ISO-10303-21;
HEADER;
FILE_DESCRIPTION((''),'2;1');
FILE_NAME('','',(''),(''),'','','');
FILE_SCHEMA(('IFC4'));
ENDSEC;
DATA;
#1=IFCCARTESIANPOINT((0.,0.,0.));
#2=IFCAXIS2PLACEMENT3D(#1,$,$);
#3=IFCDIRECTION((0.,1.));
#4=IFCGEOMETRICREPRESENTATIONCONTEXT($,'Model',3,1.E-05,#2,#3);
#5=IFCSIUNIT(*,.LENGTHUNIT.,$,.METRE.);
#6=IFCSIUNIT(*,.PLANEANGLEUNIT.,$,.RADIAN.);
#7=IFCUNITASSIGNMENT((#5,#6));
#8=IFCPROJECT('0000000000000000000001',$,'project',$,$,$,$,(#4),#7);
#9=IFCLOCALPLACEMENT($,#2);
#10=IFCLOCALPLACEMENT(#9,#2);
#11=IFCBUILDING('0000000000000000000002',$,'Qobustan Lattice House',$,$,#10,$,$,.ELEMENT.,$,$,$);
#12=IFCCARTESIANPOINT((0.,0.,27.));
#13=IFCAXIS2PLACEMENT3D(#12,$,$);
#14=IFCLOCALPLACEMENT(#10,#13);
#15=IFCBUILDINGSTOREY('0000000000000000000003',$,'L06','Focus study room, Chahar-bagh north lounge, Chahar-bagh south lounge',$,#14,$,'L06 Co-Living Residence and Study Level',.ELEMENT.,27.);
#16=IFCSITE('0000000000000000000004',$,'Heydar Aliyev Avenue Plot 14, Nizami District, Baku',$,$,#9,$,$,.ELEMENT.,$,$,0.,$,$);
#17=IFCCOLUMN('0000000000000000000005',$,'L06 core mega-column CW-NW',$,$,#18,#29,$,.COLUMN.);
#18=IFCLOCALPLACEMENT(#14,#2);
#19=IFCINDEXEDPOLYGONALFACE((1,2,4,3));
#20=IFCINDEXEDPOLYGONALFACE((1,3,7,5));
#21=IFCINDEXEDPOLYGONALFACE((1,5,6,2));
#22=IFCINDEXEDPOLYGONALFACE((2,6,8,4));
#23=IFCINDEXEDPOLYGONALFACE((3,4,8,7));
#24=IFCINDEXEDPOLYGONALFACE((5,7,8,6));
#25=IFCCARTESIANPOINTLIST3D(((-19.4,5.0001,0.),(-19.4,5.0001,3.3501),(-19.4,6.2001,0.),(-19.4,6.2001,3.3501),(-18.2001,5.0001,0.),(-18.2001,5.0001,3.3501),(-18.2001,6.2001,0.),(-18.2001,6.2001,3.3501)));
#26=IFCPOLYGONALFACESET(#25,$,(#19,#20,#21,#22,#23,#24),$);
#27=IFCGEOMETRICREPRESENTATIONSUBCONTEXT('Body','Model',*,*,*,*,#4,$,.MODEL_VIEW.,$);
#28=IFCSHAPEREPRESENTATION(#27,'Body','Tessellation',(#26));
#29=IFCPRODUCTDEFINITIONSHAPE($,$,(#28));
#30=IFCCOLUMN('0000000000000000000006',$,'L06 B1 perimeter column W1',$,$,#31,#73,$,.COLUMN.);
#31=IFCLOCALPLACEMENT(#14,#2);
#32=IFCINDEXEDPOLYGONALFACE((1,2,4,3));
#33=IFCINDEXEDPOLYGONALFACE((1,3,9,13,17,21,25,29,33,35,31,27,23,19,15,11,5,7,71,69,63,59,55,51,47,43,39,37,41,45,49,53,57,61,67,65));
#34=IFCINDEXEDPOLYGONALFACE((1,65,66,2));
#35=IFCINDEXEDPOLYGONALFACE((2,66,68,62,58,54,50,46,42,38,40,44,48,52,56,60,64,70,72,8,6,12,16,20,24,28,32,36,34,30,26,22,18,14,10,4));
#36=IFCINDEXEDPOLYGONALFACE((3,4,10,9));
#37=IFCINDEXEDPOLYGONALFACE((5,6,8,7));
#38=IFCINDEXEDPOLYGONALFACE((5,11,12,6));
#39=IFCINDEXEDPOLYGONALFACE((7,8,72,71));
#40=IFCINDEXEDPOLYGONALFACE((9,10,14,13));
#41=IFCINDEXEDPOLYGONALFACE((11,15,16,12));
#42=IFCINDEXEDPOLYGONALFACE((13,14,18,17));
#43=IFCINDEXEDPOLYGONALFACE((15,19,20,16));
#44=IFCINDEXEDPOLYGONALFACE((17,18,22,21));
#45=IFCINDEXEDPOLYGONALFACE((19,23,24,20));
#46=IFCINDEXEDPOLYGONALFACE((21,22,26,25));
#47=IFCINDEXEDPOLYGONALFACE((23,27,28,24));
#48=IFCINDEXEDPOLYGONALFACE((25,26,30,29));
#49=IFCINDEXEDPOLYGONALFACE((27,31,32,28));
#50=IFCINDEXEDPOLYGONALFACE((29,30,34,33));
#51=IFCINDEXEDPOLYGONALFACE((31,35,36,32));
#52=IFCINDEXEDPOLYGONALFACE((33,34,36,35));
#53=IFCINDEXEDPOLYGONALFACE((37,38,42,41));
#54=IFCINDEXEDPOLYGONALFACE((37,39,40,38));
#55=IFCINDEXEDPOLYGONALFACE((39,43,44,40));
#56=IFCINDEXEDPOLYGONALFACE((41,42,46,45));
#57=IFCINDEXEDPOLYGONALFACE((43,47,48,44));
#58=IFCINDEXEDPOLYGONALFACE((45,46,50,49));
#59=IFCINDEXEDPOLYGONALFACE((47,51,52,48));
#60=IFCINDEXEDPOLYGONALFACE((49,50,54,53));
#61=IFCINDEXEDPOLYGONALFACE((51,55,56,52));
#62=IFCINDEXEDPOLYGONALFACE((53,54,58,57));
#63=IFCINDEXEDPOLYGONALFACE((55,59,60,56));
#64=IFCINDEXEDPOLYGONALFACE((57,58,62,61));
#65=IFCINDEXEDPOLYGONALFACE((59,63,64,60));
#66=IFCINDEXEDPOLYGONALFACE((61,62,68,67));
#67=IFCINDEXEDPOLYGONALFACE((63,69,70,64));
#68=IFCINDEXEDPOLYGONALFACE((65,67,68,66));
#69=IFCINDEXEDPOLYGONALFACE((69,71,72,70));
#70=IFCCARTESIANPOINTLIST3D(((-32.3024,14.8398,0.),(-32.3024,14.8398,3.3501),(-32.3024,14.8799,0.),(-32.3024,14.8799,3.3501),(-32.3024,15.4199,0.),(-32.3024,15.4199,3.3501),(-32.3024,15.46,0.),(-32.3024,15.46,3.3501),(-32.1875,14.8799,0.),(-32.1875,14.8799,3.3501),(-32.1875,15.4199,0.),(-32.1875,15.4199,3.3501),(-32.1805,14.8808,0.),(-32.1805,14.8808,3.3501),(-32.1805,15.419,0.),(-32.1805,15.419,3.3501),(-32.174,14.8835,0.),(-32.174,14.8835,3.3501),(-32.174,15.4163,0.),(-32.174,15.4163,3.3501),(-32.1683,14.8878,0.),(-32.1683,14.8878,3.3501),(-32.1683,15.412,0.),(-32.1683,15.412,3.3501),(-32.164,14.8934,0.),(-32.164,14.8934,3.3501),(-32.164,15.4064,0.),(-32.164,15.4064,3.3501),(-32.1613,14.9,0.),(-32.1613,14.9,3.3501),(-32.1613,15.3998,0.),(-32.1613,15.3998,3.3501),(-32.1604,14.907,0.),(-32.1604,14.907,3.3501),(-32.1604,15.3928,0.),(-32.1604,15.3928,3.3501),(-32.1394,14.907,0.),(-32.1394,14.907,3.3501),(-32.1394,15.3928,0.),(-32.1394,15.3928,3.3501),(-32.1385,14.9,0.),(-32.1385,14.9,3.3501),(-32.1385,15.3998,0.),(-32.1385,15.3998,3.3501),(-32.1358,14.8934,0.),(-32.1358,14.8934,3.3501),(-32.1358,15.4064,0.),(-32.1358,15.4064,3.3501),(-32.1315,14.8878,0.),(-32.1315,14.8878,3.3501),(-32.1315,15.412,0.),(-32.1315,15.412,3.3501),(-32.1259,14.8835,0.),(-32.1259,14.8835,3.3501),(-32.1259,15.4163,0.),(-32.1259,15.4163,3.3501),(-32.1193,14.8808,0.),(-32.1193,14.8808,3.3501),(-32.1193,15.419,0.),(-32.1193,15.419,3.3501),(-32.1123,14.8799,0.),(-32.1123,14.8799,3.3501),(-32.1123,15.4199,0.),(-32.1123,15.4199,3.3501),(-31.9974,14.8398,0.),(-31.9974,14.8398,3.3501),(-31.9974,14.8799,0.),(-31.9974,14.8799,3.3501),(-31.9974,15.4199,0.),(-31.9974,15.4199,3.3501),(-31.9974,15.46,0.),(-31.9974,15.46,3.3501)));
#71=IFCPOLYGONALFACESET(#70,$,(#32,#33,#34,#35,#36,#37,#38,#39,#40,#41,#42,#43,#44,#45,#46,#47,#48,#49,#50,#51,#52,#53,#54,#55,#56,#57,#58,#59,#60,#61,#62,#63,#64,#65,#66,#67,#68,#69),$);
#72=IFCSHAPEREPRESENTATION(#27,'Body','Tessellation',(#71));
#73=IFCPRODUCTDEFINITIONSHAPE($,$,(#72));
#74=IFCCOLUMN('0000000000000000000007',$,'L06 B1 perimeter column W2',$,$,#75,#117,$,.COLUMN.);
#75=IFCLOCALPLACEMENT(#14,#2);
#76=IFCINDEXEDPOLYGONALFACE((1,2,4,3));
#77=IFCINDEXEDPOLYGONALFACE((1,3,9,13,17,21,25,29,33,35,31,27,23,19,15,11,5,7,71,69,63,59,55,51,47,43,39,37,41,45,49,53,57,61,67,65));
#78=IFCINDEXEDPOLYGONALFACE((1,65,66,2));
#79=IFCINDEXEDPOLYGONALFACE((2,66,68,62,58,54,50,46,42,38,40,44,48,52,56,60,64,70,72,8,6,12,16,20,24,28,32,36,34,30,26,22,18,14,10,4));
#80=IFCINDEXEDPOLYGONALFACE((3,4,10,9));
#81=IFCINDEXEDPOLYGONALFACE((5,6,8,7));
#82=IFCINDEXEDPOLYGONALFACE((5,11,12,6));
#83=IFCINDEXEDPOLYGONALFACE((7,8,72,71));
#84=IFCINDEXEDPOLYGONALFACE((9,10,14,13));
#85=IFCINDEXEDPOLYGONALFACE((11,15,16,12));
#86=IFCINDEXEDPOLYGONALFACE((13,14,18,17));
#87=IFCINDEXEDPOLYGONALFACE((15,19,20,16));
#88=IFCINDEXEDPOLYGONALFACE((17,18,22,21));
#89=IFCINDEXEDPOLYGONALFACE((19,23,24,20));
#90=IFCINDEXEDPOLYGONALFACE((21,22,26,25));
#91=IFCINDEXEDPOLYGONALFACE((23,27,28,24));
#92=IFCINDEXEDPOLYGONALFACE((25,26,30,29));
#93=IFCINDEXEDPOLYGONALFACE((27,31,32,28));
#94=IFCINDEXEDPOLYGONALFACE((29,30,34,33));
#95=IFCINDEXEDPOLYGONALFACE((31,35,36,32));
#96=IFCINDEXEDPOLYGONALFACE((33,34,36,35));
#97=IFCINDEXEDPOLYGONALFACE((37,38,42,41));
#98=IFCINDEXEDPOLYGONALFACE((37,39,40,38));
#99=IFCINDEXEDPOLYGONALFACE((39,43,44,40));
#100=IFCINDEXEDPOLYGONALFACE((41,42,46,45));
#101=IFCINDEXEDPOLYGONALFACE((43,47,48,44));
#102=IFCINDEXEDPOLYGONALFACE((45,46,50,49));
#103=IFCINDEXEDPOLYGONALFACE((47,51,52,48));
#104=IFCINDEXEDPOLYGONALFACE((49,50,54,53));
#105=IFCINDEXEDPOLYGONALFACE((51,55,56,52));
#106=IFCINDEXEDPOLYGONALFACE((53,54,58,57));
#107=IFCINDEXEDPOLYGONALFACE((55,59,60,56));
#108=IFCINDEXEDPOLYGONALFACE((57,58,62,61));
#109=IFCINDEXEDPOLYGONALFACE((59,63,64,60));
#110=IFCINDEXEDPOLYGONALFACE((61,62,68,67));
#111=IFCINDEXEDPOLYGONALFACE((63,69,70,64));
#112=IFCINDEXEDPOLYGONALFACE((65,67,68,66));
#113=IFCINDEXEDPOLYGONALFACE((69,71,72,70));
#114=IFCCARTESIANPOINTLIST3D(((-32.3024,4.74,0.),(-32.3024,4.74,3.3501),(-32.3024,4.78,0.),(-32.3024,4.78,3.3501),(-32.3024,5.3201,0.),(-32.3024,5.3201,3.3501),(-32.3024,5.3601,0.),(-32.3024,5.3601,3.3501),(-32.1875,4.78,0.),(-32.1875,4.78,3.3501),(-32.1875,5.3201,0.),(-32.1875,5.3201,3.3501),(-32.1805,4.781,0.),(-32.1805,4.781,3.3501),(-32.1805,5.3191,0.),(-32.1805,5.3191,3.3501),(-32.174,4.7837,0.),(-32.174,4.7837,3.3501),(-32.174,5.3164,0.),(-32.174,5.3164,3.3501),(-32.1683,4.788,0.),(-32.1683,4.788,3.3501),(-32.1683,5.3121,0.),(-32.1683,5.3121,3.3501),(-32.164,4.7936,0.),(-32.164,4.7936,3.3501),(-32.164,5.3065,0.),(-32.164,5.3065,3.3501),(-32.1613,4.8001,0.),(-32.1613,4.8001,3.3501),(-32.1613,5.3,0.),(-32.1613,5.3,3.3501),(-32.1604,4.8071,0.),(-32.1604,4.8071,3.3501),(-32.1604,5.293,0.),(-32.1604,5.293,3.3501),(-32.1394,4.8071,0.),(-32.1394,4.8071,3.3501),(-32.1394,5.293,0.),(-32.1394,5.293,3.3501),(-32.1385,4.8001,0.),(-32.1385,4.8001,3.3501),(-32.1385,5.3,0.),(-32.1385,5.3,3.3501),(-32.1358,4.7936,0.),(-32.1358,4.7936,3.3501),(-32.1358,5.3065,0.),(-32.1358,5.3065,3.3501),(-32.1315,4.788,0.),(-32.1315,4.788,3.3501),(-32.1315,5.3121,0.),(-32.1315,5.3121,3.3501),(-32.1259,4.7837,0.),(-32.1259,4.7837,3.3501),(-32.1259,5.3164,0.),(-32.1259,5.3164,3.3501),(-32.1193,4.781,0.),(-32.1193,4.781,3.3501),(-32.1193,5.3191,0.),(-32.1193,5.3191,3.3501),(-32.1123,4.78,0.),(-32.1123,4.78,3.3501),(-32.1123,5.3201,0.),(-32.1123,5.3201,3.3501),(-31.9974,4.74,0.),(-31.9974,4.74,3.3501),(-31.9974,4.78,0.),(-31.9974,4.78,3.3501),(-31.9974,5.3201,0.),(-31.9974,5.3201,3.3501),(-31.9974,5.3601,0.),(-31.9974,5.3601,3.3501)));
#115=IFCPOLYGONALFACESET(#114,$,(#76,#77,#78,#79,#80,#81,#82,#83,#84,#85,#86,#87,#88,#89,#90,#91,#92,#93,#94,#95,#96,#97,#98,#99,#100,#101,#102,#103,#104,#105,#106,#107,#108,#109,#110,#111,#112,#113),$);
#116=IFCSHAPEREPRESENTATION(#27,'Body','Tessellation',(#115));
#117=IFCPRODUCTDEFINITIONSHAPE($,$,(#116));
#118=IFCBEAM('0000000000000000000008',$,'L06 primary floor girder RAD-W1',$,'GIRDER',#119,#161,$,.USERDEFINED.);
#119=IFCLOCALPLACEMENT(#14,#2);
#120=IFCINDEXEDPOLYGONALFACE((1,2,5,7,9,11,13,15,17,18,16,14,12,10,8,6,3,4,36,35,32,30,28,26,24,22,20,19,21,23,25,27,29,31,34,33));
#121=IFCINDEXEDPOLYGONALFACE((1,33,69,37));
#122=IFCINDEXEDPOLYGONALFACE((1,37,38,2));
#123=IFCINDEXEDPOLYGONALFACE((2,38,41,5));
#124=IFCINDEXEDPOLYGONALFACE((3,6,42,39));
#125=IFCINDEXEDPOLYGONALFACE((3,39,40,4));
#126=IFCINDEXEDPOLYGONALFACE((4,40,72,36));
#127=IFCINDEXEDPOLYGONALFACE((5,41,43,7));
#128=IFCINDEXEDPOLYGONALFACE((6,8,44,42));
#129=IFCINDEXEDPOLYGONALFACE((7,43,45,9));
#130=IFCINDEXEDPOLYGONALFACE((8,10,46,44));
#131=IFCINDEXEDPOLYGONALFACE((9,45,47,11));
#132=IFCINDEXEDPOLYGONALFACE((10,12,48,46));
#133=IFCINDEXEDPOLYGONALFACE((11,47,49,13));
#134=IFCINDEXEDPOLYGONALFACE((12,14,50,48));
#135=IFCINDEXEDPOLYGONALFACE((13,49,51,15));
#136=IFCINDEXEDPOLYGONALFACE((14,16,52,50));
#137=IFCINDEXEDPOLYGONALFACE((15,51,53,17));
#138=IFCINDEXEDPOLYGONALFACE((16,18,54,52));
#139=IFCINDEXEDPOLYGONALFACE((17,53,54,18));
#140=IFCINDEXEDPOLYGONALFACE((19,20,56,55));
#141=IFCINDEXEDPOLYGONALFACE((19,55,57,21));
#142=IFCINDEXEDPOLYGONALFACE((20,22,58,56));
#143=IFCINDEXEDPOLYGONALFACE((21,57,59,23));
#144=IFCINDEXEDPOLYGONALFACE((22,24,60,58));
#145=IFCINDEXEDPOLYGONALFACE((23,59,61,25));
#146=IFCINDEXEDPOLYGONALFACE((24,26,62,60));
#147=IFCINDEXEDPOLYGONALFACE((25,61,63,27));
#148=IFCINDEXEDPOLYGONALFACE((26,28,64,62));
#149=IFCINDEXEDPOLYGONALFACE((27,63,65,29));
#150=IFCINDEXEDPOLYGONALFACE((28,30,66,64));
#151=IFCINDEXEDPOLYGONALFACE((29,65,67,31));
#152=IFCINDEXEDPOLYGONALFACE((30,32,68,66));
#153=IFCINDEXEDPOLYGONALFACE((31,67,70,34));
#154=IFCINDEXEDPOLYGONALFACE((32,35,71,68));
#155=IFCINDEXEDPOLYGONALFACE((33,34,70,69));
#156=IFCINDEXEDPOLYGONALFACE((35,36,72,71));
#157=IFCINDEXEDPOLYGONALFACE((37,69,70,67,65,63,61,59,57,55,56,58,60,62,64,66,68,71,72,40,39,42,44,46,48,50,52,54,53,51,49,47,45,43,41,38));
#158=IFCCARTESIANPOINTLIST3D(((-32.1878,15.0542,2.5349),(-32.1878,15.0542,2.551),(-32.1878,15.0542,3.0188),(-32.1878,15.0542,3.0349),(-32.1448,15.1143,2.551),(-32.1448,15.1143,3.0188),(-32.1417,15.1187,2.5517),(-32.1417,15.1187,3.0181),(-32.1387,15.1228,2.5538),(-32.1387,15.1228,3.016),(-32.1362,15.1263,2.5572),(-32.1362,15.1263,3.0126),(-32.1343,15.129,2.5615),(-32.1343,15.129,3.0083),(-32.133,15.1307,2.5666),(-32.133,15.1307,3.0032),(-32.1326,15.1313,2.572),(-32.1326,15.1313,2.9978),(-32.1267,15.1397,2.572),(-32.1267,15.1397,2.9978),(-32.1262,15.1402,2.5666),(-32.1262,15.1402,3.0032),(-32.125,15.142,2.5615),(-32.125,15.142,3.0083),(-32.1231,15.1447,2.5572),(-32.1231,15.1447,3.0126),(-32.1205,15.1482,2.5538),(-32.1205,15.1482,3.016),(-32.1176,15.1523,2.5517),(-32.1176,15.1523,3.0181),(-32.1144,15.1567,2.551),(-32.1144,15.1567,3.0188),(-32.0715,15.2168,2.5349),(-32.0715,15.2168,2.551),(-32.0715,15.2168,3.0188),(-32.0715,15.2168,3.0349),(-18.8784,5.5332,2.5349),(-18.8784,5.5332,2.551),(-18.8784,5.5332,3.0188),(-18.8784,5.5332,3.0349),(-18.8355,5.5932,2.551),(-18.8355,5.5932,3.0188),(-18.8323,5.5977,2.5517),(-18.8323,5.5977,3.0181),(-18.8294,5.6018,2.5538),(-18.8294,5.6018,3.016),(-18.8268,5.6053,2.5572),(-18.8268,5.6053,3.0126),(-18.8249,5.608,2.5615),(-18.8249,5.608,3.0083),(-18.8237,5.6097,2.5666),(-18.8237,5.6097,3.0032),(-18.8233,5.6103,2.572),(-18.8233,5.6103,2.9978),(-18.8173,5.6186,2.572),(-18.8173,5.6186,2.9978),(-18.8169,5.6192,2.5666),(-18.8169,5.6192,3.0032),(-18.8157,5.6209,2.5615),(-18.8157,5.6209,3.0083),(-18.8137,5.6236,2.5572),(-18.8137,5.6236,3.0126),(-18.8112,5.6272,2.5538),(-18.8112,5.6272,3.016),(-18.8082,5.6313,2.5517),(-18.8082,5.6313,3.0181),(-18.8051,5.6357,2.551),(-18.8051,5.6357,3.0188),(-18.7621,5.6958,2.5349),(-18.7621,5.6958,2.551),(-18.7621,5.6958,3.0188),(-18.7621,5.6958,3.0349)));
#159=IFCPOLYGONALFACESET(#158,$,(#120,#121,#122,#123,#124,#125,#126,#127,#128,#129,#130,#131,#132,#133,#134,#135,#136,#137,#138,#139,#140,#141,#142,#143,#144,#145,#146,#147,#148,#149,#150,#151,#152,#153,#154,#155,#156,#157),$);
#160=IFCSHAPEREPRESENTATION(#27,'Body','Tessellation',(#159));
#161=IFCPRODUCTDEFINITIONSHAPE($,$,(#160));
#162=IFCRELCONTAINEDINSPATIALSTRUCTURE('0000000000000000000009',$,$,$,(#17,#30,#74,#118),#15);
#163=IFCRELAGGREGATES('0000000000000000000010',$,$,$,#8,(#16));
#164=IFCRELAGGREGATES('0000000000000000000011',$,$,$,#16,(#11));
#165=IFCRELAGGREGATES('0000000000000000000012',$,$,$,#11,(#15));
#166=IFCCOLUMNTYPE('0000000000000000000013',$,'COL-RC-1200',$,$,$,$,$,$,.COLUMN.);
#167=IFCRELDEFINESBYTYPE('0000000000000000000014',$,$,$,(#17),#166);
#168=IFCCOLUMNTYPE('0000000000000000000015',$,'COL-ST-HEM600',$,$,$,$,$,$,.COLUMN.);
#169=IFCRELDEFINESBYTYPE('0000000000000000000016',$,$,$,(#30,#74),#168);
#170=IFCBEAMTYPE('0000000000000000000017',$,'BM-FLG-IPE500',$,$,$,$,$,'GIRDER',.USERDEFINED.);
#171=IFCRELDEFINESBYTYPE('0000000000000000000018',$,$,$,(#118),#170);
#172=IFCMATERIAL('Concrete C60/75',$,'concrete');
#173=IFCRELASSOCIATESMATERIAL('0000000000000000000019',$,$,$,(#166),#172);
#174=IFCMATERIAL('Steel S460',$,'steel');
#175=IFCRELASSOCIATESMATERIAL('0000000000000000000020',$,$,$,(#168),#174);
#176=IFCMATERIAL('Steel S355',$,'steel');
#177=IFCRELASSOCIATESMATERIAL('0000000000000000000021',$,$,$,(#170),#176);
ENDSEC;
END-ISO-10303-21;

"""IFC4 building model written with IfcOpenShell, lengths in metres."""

from ifc_helpers import new_model, si_unit, direction, frame, origin, origin_2d, place, context, subcontext, project, spatial, rectangle, i_section, extrude, material, material_profile, profile_set, type_object, element, save


model = new_model("IFC4")

# Units and contexts
model_context = context("Model", 3, precision=1e-05, world=origin(), true_north=direction((0.0, 1.0)))
body_context = subcontext(model_context, "Body", "Model", "MODEL_VIEW")
ifc_project = project(units=[si_unit("LENGTHUNIT", "METRE"), si_unit("PLANEANGLEUNIT", "RADIAN")], contexts=[model_context])

# Site, building, storey
site_placement = place(None, origin())
site = spatial("IfcSite", under=ifc_project, at=site_placement, Name="Heydar Aliyev Avenue Plot 14, Nizami District, Baku", CompositionType="ELEMENT", RefElevation=0.0)
building_placement = place(site_placement, origin())
building = spatial("IfcBuilding", under=site, at=building_placement, Name="Qobustan Lattice House", CompositionType="ELEMENT")
storey_placement = place(building_placement, frame((0.0, 0.0, 27.0)))
storey = spatial("IfcBuildingStorey", under=building, at=storey_placement, Name="L06", Description="Focus study room, Chahar-bagh north lounge, Chahar-bagh south lounge", LongName="L06 Co-Living Residence and Study Level", CompositionType="ELEMENT", Elevation=27.0)

# Columns
ifc_material_1 = material(Name="Concrete C60/75", Category="concrete")
ifc_material_profile_1 = material_profile(ifc_material_1, rectangle(XDim=1.2, YDim=1.2, at=origin_2d()), Name="RC1200x1200")
ifc_profile_set_1 = profile_set([ifc_material_profile_1], Name="Concrete C60/75")
column_type_1 = type_object("IfcColumnType", Name="COL-RC-1200", PredefinedType="COLUMN", material=ifc_profile_set_1)
column_placement = place(storey_placement, frame((-18.8, 5.6001, 0.0), z_axis=(0.0, 0.0, 1.0), x_axis=(1.0, 0.0, 0.0)))
element("IfcColumn", 1, at=column_placement, inside=storey, type_object=column_type_1, Name="L06 core mega-column CW-NW", PredefinedType="COLUMN", context=body_context, shape_type="SweptSolid", body=[
    extrude(rectangle(XDim=1.2, YDim=1.2, at=origin_2d()), origin(), (0.0, 0.0, 1.0), 3.3501),
])
ifc_material_2 = material(Name="Steel S460", Category="steel")
ifc_material_profile_2 = material_profile(ifc_material_2, i_section(OverallWidth=0.3049, OverallDepth=0.6201, WebThickness=0.021, FlangeThickness=0.04, FilletRadius=0.0271, at=origin_2d()), Name="HEM600")
ifc_profile_set_2 = profile_set([ifc_material_profile_2], Name="Steel S460")
column_type_2 = type_object("IfcColumnType", Name="COL-ST-HEM600", PredefinedType="COLUMN", material=ifc_profile_set_2)
for number, where, z_axis, x_axis, name in (
    (2, (-32.1499, 15.1499, 0.0), (0.0, 0.0, 1.0), (1.0, 0.0, 0.0), "L06 B1 perimeter column W1"),
    (3, (-32.1499, 5.05, 0.0), (0.0, 0.0, 1.0), (1.0, 0.0, 0.0), "L06 B1 perimeter column W2"),
):
    element("IfcColumn", number, at=place(storey_placement, frame(where, z_axis=z_axis, x_axis=x_axis)), inside=storey, type_object=column_type_2, Name=name, PredefinedType="COLUMN", context=body_context, shape_type="SweptSolid", body=[
        extrude(i_section(OverallWidth=0.3049, OverallDepth=0.6201, WebThickness=0.021, FlangeThickness=0.04, FilletRadius=0.0271, at=origin_2d()), origin(), (0.0, 0.0, 1.0), 3.3501),
    ])

# Beam
ifc_material_3 = material(Name="Steel S355", Category="steel")
ifc_material_profile_3 = material_profile(ifc_material_3, i_section(OverallWidth=0.2, OverallDepth=0.5, WebThickness=0.0103, FlangeThickness=0.0161, FilletRadius=0.021, at=origin_2d()), Name="IPE500")
ifc_profile_set_3 = profile_set([ifc_material_profile_3], Name="Steel S355")
beam_type_1 = type_object("IfcBeamType", Name="BM-FLG-IPE500", ElementType="GIRDER", PredefinedType="USERDEFINED", material=ifc_profile_set_3)
beam_1_placement = place(storey_placement, frame((-32.1296, 15.1355, 2.7849), z_axis=(0.813319, -0.581818, 0.0), x_axis=(0.581818, 0.813319, 0.0)))
element("IfcBeam", 4, at=beam_1_placement, inside=storey, type_object=beam_type_1, Name="L06 primary floor girder RAD-W1", ObjectType="GIRDER", PredefinedType="USERDEFINED", context=body_context, shape_type="SweptSolid", body=[
    extrude(i_section(OverallWidth=0.2, OverallDepth=0.5, WebThickness=0.0103, FlangeThickness=0.0161, FilletRadius=0.021, at=origin_2d()), origin(), (0.0, 0.0, 1.0), 16.3643),
])

save(model, "model.ifc")
